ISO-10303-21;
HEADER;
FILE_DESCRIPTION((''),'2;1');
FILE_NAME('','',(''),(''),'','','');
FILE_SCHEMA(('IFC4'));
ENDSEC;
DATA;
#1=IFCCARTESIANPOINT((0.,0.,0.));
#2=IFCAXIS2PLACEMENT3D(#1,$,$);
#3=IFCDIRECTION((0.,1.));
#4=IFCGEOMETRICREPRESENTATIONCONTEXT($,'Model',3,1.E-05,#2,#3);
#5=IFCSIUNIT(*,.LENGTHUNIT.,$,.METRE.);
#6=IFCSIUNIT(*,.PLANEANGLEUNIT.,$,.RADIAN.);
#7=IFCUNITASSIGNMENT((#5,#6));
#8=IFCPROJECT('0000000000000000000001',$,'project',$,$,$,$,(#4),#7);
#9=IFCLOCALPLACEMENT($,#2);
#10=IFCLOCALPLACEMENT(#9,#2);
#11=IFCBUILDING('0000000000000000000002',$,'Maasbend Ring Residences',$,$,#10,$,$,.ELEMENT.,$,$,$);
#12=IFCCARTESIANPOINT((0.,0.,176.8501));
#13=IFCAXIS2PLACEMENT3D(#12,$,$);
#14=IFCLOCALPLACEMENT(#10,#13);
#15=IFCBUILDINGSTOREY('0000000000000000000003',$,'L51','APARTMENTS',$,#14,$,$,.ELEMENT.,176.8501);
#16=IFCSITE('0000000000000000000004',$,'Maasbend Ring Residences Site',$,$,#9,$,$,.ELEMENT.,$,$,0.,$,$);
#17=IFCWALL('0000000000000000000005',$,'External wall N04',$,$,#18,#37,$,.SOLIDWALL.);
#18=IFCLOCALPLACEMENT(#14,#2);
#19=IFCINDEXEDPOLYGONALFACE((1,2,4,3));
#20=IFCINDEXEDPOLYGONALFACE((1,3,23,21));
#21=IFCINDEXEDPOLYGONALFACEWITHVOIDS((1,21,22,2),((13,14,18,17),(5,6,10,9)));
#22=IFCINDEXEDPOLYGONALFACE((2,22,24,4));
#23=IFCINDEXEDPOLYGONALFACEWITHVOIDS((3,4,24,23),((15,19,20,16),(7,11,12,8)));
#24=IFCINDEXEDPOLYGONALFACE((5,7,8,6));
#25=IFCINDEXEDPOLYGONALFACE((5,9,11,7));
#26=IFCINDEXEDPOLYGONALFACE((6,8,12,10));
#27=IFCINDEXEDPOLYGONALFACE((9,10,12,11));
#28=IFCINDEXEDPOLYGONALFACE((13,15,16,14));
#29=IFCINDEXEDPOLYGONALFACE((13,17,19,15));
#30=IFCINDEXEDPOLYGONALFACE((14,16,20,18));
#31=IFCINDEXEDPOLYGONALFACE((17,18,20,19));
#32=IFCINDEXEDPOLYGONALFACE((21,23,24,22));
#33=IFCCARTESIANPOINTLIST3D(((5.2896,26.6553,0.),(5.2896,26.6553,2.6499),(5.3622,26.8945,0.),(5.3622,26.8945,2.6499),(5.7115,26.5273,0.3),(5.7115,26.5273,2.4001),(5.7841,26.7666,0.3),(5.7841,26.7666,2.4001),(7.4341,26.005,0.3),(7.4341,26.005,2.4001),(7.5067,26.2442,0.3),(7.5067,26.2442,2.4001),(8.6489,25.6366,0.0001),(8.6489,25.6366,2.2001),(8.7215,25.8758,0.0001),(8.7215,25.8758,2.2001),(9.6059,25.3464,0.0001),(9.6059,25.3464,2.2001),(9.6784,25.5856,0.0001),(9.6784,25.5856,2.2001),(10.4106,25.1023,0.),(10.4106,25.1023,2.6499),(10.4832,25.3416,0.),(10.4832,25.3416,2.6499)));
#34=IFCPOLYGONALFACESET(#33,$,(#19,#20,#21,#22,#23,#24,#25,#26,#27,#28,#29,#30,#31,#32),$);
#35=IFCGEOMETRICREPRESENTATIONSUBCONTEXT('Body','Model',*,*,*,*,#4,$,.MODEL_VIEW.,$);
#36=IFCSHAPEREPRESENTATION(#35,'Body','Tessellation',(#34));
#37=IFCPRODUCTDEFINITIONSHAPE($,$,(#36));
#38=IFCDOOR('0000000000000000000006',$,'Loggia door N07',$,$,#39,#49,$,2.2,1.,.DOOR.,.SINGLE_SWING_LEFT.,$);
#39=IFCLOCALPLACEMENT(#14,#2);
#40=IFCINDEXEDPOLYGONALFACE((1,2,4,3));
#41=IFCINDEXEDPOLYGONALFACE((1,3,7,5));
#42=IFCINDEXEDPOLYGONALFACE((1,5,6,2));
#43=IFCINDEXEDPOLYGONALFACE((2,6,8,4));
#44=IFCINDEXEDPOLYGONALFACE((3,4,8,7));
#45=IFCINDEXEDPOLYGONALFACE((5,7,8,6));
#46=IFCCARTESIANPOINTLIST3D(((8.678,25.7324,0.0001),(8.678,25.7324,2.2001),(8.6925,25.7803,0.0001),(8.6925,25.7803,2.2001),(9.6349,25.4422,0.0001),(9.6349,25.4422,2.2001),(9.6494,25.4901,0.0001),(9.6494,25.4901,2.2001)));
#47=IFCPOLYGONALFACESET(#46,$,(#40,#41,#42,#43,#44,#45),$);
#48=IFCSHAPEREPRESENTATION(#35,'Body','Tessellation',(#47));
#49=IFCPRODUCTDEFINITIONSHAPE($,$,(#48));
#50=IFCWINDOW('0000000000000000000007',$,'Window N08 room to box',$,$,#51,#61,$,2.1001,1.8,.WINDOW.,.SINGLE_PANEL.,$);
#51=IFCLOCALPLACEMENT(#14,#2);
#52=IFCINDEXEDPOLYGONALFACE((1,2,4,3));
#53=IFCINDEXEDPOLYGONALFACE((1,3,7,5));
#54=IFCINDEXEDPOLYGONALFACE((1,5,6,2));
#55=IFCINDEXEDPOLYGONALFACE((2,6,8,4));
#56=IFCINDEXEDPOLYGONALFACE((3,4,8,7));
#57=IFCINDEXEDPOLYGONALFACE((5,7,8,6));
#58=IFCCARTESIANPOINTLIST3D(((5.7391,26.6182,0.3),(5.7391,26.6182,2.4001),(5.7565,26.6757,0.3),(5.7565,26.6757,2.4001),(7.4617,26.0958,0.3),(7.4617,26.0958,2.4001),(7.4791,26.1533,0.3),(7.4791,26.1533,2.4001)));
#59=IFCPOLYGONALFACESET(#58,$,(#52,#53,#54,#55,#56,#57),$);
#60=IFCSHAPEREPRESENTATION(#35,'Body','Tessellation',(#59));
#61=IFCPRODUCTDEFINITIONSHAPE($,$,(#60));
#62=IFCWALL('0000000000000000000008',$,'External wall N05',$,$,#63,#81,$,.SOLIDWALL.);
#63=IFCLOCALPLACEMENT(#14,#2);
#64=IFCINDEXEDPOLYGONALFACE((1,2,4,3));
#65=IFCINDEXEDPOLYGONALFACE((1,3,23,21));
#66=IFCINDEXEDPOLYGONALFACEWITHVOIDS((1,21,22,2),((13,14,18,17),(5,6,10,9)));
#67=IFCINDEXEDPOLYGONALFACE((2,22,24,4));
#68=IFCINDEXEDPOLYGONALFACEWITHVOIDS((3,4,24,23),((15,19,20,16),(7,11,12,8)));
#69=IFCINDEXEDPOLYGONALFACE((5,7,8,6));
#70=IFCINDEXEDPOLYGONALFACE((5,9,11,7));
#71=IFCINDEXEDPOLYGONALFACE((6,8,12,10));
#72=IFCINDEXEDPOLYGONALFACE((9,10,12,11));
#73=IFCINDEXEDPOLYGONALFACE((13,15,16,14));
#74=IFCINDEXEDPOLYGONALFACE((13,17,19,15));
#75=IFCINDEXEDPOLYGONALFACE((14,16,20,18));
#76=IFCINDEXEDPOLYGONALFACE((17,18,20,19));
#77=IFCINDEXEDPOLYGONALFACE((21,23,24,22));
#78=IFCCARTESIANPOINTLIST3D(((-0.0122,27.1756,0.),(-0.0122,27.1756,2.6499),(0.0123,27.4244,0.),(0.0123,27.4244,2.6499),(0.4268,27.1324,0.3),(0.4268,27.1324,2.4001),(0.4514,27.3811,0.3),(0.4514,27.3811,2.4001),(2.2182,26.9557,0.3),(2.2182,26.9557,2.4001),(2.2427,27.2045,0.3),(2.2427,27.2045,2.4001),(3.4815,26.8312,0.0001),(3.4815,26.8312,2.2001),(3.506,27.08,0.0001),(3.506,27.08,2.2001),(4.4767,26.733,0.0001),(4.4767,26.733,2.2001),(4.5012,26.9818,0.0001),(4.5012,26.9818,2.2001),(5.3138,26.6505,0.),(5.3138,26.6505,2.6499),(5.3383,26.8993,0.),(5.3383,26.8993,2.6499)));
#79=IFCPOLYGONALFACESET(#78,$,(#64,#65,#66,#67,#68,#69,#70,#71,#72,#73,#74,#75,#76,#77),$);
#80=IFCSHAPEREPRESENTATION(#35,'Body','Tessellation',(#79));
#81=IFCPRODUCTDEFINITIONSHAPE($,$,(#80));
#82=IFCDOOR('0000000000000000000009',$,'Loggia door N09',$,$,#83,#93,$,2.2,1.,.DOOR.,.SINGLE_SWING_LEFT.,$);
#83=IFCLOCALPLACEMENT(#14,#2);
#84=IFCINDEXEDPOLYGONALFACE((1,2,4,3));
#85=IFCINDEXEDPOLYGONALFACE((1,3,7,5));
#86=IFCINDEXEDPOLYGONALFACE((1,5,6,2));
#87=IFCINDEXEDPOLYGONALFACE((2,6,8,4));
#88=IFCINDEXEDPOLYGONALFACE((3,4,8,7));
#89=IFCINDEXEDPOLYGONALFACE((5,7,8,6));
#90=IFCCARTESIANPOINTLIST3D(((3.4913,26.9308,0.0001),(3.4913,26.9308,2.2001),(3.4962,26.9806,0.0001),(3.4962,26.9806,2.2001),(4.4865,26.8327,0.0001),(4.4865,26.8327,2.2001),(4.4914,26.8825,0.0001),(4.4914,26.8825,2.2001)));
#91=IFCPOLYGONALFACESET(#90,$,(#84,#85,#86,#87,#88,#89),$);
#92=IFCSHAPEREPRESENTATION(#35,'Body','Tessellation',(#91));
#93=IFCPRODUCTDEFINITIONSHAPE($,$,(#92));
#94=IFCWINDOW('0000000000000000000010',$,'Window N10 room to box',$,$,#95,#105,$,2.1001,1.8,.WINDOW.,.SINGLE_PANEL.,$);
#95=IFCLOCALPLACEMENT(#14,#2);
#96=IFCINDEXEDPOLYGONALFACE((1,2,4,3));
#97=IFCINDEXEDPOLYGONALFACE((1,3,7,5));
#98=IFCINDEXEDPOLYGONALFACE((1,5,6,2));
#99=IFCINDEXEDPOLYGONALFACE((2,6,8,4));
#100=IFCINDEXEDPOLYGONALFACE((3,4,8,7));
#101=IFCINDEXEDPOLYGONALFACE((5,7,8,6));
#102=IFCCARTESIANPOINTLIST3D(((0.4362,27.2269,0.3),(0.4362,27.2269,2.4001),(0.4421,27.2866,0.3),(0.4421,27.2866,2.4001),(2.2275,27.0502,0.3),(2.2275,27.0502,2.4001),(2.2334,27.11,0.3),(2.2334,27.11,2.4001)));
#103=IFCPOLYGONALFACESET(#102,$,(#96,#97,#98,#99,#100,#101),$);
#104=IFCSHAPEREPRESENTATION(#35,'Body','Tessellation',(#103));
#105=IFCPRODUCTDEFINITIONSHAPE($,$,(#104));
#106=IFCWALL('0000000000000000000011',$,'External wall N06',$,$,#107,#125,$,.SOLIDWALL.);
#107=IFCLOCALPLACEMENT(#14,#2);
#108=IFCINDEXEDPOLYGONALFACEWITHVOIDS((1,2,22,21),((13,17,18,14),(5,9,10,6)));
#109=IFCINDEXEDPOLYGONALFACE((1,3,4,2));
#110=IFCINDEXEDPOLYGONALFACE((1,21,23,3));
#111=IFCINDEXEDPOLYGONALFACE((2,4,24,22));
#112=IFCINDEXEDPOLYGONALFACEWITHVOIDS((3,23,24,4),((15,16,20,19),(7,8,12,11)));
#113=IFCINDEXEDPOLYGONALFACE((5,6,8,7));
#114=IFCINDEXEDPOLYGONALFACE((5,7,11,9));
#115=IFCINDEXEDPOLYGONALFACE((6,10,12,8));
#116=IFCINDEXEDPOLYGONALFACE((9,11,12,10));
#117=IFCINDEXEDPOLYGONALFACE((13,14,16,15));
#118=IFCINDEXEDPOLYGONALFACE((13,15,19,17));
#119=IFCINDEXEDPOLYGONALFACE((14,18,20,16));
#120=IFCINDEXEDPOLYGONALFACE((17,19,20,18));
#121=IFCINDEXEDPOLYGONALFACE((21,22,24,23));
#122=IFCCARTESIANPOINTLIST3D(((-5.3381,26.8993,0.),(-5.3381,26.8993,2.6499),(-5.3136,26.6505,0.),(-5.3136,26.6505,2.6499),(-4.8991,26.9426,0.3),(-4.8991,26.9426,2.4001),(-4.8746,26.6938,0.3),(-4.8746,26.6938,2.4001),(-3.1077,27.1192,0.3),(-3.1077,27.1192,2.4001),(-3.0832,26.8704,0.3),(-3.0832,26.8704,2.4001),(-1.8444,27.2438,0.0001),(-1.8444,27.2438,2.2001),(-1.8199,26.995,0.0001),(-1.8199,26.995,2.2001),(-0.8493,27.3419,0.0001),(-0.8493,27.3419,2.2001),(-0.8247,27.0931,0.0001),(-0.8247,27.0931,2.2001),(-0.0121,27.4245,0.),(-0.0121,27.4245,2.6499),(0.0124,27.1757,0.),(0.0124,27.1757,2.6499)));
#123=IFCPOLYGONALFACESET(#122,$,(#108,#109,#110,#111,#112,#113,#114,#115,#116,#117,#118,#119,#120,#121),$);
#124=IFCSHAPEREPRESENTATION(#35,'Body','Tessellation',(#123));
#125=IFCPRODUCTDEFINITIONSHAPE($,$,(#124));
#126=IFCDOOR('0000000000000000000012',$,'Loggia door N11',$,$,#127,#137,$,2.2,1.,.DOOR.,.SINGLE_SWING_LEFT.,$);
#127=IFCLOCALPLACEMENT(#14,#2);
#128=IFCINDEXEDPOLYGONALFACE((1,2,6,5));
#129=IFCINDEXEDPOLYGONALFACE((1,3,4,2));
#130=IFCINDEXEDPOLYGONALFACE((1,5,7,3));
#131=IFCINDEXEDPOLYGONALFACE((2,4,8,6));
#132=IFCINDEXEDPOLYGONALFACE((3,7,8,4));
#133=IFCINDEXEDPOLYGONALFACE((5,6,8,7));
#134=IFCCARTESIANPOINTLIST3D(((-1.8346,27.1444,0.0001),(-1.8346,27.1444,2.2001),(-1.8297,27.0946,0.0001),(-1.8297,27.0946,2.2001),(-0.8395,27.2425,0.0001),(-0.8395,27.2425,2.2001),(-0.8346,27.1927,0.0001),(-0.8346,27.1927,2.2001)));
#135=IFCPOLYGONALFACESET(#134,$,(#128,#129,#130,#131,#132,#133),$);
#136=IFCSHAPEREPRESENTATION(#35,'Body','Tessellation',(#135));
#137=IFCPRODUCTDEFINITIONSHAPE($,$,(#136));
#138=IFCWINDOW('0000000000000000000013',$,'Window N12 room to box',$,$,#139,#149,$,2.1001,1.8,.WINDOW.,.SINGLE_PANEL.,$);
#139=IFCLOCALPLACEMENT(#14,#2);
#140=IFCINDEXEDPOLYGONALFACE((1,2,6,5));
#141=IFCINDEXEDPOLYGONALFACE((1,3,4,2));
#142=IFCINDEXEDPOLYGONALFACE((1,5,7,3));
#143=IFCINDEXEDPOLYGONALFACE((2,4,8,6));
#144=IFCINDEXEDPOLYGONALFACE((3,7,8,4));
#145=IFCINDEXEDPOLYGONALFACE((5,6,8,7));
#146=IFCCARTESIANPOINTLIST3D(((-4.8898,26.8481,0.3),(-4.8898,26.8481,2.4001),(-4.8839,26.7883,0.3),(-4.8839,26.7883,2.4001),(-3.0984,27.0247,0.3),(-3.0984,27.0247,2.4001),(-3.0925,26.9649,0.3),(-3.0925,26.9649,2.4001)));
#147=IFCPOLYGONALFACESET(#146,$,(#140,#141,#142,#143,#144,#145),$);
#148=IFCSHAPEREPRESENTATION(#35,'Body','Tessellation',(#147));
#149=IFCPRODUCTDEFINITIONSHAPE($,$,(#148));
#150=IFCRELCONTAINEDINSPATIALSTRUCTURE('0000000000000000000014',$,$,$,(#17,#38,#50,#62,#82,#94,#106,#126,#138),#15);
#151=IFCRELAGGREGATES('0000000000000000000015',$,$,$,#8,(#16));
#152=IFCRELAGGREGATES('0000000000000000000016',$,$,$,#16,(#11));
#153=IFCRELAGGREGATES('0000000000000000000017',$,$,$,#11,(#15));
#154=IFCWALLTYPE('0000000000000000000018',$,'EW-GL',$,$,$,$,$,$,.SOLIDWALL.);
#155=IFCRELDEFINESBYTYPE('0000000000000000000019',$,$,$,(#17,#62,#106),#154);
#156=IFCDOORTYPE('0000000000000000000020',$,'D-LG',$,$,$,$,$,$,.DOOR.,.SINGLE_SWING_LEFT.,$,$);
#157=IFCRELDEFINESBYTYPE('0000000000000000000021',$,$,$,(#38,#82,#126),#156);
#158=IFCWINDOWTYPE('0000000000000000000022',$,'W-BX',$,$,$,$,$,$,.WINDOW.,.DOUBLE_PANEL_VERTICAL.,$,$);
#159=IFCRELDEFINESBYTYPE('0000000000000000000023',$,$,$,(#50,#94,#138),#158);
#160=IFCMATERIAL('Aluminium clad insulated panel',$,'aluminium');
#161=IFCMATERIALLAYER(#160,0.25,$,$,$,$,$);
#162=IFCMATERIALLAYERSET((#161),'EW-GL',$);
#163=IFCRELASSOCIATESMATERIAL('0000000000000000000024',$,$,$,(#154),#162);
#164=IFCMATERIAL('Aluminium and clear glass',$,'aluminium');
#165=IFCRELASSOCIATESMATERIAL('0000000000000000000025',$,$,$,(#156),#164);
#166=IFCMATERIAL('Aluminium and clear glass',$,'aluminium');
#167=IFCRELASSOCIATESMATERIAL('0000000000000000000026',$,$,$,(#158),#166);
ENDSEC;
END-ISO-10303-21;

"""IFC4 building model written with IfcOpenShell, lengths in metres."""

from ifc_helpers import new_model, si_unit, direction, frame, frame_2d, origin, place, context, subcontext, project, spatial, rectangle, extrude, material, layer, layer_set, type_object, element, fill, save


model = new_model("IFC4")

# Units and contexts
model_context = context("Model", 3, precision=1e-05, world=origin(), true_north=direction((0.0, 1.0)))
body_context = subcontext(model_context, "Body", "Model", "MODEL_VIEW")
ifc_project = project(units=[si_unit("LENGTHUNIT", "METRE"), si_unit("PLANEANGLEUNIT", "RADIAN")], contexts=[model_context])

# Site, building, storey
site_placement = place(None, origin())
site = spatial("IfcSite", under=ifc_project, at=site_placement, Name="Maasbend Ring Residences Site", CompositionType="ELEMENT", RefElevation=0.0)
building_placement = place(site_placement, origin())
building = spatial("IfcBuilding", under=site, at=building_placement, Name="Maasbend Ring Residences", CompositionType="ELEMENT")
storey_placement = place(building_placement, frame((0.0, 0.0, 176.8501)))
storey = spatial("IfcBuildingStorey", under=building, at=storey_placement, Name="L51", Description="APARTMENTS", CompositionType="ELEMENT", Elevation=176.8501)

# Walls, openings, doors, windows
ifc_material_1 = material(Name="Aluminium clad insulated panel", Category="aluminium")
ifc_layer_1 = layer(ifc_material_1, 0.25)
ifc_layer_set_1 = layer_set([ifc_layer_1], Name="EW-GL")
wall_type_1 = type_object("IfcWallType", Name="EW-GL", PredefinedType="SOLIDWALL", material=ifc_layer_set_1)
wall_1_placement = place(storey_placement, frame((10.447, 25.2219, 0.0), z_axis=(0.0, 0.0, 1.0), x_axis=(-0.956966, 0.290201, 0.0)))
wall_1 = element("IfcWall", 1, at=wall_1_placement, inside=storey, type_object=wall_type_1, Name="External wall N04", PredefinedType="SOLIDWALL", context=body_context, shape_type="SweptSolid", body=[
    extrude(rectangle(XDim=5.3513, YDim=0.25, at=frame_2d((2.6758, 0.0))), origin(), (0.0, 0.0, 1.0), 2.6499),
])
opening_1_placement = place(wall_1_placement, frame((0.8411, 0.0, 0.0)))
opening_1 = element("IfcOpeningElement", 2, at=opening_1_placement, cuts=wall_1, PredefinedType="OPENING", context=body_context, shape_type="SweptSolid", body=[
    extrude(rectangle(XDim=1.0, YDim=2.2, at=frame_2d((0.5, 1.1001))), frame((0.0, 0.135, 0.0), z_axis=(0.0, -1.0, 0.0), x_axis=(1.0, 0.0, 0.0)), (0.0, 0.0, 1.0), 0.27),
])
opening_2_placement = place(wall_1_placement, frame((3.1106, 0.0, 0.3)))
opening_2 = element("IfcOpeningElement", 3, at=opening_2_placement, cuts=wall_1, PredefinedType="OPENING", context=body_context, shape_type="SweptSolid", body=[
    extrude(rectangle(XDim=1.8, YDim=2.1001, at=frame_2d((0.8999, 1.05))), frame((0.0, 0.135, 0.0), z_axis=(0.0, -1.0, 0.0), x_axis=(1.0, 0.0, 0.0)), (0.0, 0.0, 1.0), 0.27),
])
ifc_material_2 = material(Name="Aluminium and clear glass", Category="aluminium")
door_type_1 = type_object("IfcDoorType", Name="D-LG", OperationType="SINGLE_SWING_LEFT", PredefinedType="DOOR", material=ifc_material_2)
door_1_placement = place(opening_1_placement, origin())
door_1 = element("IfcDoor", 4, at=door_1_placement, inside=storey, type_object=door_type_1, Name="Loggia door N07", OperationType="SINGLE_SWING_LEFT", OverallHeight=2.2, OverallWidth=1.0, PredefinedType="DOOR", context=body_context, shape_type="SweptSolid", body=[
    extrude(rectangle(XDim=1.0, YDim=2.2, at=frame_2d((0.5, 1.1001))), frame((0.0, 0.0249, 0.0), z_axis=(0.0, -1.0, 0.0), x_axis=(1.0, 0.0, 0.0)), (0.0, 0.0, 1.0), 0.05),
])
fill(opening_1, door_1)
ifc_material_3 = material(Name="Aluminium and clear glass", Category="aluminium")
window_type_1 = type_object("IfcWindowType", Name="W-BX", PartitioningType="DOUBLE_PANEL_VERTICAL", PredefinedType="WINDOW", material=ifc_material_3)
window_1_placement = place(opening_2_placement, origin())
window_1 = element("IfcWindow", 5, at=window_1_placement, inside=storey, type_object=window_type_1, Name="Window N08 room to box", OverallHeight=2.1001, OverallWidth=1.8, PartitioningType="SINGLE_PANEL", PredefinedType="WINDOW", context=body_context, shape_type="SweptSolid", body=[
    extrude(rectangle(XDim=1.8, YDim=2.1001, at=frame_2d((0.8999, 1.05))), frame((0.0, 0.03, 0.0), z_axis=(0.0, -1.0, 0.0), x_axis=(1.0, 0.0, 0.0)), (0.0, 0.0, 1.0), 0.0601),
])
fill(opening_2, window_1)
wall_2_placement = place(storey_placement, frame((5.3259, 26.7749, 0.0), z_axis=(0.0, 0.0, 1.0), x_axis=(-0.995174, 0.098126, 0.0)))
wall_2 = element("IfcWall", 6, at=wall_2_placement, inside=storey, type_object=wall_type_1, Name="External wall N05", PredefinedType="SOLIDWALL", context=body_context, shape_type="SweptSolid", body=[
    extrude(rectangle(XDim=5.3518, YDim=0.25, at=frame_2d((2.6758, 0.0))), origin(), (0.0, 0.0, 1.0), 2.6499),
])
opening_3_placement = place(wall_2_placement, frame((0.8411, 0.0, 0.0)))
opening_3 = element("IfcOpeningElement", 7, at=opening_3_placement, cuts=wall_2, PredefinedType="OPENING", context=body_context, shape_type="SweptSolid", body=[
    extrude(rectangle(XDim=1.0, YDim=2.2, at=frame_2d((0.5, 1.1001))), frame((0.0, 0.135, 0.0), z_axis=(0.0, -1.0, 0.0), x_axis=(1.0, 0.0, 0.0)), (0.0, 0.0, 1.0), 0.27),
])
opening_4_placement = place(wall_2_placement, frame((3.1106, 0.0, 0.3)))
opening_4 = element("IfcOpeningElement", 8, at=opening_4_placement, cuts=wall_2, PredefinedType="OPENING", context=body_context, shape_type="SweptSolid", body=[
    extrude(rectangle(XDim=1.8, YDim=2.1001, at=frame_2d((0.8999, 1.05))), frame((0.0, 0.135, 0.0), z_axis=(0.0, -1.0, 0.0), x_axis=(1.0, 0.0, 0.0)), (0.0, 0.0, 1.0), 0.27),
])
door_2_placement = place(opening_3_placement, origin())
door_2 = element("IfcDoor", 9, at=door_2_placement, inside=storey, type_object=door_type_1, Name="Loggia door N09", OperationType="SINGLE_SWING_LEFT", OverallHeight=2.2, OverallWidth=1.0, PredefinedType="DOOR", context=body_context, shape_type="SweptSolid", body=[
    extrude(rectangle(XDim=1.0, YDim=2.2, at=frame_2d((0.5, 1.1001))), frame((0.0, 0.0249, 0.0), z_axis=(0.0, -1.0, 0.0), x_axis=(1.0, 0.0, 0.0)), (0.0, 0.0, 1.0), 0.05),
])
fill(opening_3, door_2)
window_2_placement = place(opening_4_placement, origin())
window_2 = element("IfcWindow", 10, at=window_2_placement, inside=storey, type_object=window_type_1, Name="Window N10 room to box", OverallHeight=2.1001, OverallWidth=1.8, PartitioningType="SINGLE_PANEL", PredefinedType="WINDOW", context=body_context, shape_type="SweptSolid", body=[
    extrude(rectangle(XDim=1.8, YDim=2.1001, at=frame_2d((0.8999, 1.05))), frame((0.0, 0.03, 0.0), z_axis=(0.0, -1.0, 0.0), x_axis=(1.0, 0.0, 0.0)), (0.0, 0.0, 1.0), 0.0601),
])
fill(opening_4, window_2)
wall_3_placement = place(storey_placement, frame((0.0, 27.3, 0.0), z_axis=(0.0, 0.0, 1.0), x_axis=(-0.995174, -0.098126, 0.0)))
wall_3 = element("IfcWall", 11, at=wall_3_placement, inside=storey, type_object=wall_type_1, Name="External wall N06", PredefinedType="SOLIDWALL", context=body_context, shape_type="SweptSolid", body=[
    extrude(rectangle(XDim=5.3518, YDim=0.25, at=frame_2d((2.6758, 0.0))), origin(), (0.0, 0.0, 1.0), 2.6499),
])
opening_5_placement = place(wall_3_placement, frame((0.8411, 0.0, 0.0)))
opening_5 = element("IfcOpeningElement", 12, at=opening_5_placement, cuts=wall_3, PredefinedType="OPENING", context=body_context, shape_type="SweptSolid", body=[
    extrude(rectangle(XDim=1.0, YDim=2.2, at=frame_2d((0.5, 1.1001))), frame((0.0, 0.135, 0.0), z_axis=(0.0, -1.0, 0.0), x_axis=(1.0, 0.0, 0.0)), (0.0, 0.0, 1.0), 0.27),
])
opening_6_placement = place(wall_3_placement, frame((3.1106, 0.0, 0.3)))
opening_6 = element("IfcOpeningElement", 13, at=opening_6_placement, cuts=wall_3, PredefinedType="OPENING", context=body_context, shape_type="SweptSolid", body=[
    extrude(rectangle(XDim=1.8, YDim=2.1001, at=frame_2d((0.8999, 1.05))), frame((0.0, 0.135, 0.0), z_axis=(0.0, -1.0, 0.0), x_axis=(1.0, 0.0, 0.0)), (0.0, 0.0, 1.0), 0.27),
])
door_3_placement = place(opening_5_placement, origin())
door_3 = element("IfcDoor", 14, at=door_3_placement, inside=storey, type_object=door_type_1, Name="Loggia door N11", OperationType="SINGLE_SWING_LEFT", OverallHeight=2.2, OverallWidth=1.0, PredefinedType="DOOR", context=body_context, shape_type="SweptSolid", body=[
    extrude(rectangle(XDim=1.0, YDim=2.2, at=frame_2d((0.5, 1.1001))), frame((0.0, 0.0249, 0.0), z_axis=(0.0, -1.0, 0.0), x_axis=(1.0, 0.0, 0.0)), (0.0, 0.0, 1.0), 0.05),
])
fill(opening_5, door_3)
window_3_placement = place(opening_6_placement, origin())
window_3 = element("IfcWindow", 15, at=window_3_placement, inside=storey, type_object=window_type_1, Name="Window N12 room to box", OverallHeight=2.1001, OverallWidth=1.8, PartitioningType="SINGLE_PANEL", PredefinedType="WINDOW", context=body_context, shape_type="SweptSolid", body=[
    extrude(rectangle(XDim=1.8, YDim=2.1001, at=frame_2d((0.8999, 1.05))), frame((0.0, 0.03, 0.0), z_axis=(0.0, -1.0, 0.0), x_axis=(1.0, 0.0, 0.0)), (0.0, 0.0, 1.0), 0.0601),
])
fill(opening_6, window_3)

save(model, "model.ifc")
